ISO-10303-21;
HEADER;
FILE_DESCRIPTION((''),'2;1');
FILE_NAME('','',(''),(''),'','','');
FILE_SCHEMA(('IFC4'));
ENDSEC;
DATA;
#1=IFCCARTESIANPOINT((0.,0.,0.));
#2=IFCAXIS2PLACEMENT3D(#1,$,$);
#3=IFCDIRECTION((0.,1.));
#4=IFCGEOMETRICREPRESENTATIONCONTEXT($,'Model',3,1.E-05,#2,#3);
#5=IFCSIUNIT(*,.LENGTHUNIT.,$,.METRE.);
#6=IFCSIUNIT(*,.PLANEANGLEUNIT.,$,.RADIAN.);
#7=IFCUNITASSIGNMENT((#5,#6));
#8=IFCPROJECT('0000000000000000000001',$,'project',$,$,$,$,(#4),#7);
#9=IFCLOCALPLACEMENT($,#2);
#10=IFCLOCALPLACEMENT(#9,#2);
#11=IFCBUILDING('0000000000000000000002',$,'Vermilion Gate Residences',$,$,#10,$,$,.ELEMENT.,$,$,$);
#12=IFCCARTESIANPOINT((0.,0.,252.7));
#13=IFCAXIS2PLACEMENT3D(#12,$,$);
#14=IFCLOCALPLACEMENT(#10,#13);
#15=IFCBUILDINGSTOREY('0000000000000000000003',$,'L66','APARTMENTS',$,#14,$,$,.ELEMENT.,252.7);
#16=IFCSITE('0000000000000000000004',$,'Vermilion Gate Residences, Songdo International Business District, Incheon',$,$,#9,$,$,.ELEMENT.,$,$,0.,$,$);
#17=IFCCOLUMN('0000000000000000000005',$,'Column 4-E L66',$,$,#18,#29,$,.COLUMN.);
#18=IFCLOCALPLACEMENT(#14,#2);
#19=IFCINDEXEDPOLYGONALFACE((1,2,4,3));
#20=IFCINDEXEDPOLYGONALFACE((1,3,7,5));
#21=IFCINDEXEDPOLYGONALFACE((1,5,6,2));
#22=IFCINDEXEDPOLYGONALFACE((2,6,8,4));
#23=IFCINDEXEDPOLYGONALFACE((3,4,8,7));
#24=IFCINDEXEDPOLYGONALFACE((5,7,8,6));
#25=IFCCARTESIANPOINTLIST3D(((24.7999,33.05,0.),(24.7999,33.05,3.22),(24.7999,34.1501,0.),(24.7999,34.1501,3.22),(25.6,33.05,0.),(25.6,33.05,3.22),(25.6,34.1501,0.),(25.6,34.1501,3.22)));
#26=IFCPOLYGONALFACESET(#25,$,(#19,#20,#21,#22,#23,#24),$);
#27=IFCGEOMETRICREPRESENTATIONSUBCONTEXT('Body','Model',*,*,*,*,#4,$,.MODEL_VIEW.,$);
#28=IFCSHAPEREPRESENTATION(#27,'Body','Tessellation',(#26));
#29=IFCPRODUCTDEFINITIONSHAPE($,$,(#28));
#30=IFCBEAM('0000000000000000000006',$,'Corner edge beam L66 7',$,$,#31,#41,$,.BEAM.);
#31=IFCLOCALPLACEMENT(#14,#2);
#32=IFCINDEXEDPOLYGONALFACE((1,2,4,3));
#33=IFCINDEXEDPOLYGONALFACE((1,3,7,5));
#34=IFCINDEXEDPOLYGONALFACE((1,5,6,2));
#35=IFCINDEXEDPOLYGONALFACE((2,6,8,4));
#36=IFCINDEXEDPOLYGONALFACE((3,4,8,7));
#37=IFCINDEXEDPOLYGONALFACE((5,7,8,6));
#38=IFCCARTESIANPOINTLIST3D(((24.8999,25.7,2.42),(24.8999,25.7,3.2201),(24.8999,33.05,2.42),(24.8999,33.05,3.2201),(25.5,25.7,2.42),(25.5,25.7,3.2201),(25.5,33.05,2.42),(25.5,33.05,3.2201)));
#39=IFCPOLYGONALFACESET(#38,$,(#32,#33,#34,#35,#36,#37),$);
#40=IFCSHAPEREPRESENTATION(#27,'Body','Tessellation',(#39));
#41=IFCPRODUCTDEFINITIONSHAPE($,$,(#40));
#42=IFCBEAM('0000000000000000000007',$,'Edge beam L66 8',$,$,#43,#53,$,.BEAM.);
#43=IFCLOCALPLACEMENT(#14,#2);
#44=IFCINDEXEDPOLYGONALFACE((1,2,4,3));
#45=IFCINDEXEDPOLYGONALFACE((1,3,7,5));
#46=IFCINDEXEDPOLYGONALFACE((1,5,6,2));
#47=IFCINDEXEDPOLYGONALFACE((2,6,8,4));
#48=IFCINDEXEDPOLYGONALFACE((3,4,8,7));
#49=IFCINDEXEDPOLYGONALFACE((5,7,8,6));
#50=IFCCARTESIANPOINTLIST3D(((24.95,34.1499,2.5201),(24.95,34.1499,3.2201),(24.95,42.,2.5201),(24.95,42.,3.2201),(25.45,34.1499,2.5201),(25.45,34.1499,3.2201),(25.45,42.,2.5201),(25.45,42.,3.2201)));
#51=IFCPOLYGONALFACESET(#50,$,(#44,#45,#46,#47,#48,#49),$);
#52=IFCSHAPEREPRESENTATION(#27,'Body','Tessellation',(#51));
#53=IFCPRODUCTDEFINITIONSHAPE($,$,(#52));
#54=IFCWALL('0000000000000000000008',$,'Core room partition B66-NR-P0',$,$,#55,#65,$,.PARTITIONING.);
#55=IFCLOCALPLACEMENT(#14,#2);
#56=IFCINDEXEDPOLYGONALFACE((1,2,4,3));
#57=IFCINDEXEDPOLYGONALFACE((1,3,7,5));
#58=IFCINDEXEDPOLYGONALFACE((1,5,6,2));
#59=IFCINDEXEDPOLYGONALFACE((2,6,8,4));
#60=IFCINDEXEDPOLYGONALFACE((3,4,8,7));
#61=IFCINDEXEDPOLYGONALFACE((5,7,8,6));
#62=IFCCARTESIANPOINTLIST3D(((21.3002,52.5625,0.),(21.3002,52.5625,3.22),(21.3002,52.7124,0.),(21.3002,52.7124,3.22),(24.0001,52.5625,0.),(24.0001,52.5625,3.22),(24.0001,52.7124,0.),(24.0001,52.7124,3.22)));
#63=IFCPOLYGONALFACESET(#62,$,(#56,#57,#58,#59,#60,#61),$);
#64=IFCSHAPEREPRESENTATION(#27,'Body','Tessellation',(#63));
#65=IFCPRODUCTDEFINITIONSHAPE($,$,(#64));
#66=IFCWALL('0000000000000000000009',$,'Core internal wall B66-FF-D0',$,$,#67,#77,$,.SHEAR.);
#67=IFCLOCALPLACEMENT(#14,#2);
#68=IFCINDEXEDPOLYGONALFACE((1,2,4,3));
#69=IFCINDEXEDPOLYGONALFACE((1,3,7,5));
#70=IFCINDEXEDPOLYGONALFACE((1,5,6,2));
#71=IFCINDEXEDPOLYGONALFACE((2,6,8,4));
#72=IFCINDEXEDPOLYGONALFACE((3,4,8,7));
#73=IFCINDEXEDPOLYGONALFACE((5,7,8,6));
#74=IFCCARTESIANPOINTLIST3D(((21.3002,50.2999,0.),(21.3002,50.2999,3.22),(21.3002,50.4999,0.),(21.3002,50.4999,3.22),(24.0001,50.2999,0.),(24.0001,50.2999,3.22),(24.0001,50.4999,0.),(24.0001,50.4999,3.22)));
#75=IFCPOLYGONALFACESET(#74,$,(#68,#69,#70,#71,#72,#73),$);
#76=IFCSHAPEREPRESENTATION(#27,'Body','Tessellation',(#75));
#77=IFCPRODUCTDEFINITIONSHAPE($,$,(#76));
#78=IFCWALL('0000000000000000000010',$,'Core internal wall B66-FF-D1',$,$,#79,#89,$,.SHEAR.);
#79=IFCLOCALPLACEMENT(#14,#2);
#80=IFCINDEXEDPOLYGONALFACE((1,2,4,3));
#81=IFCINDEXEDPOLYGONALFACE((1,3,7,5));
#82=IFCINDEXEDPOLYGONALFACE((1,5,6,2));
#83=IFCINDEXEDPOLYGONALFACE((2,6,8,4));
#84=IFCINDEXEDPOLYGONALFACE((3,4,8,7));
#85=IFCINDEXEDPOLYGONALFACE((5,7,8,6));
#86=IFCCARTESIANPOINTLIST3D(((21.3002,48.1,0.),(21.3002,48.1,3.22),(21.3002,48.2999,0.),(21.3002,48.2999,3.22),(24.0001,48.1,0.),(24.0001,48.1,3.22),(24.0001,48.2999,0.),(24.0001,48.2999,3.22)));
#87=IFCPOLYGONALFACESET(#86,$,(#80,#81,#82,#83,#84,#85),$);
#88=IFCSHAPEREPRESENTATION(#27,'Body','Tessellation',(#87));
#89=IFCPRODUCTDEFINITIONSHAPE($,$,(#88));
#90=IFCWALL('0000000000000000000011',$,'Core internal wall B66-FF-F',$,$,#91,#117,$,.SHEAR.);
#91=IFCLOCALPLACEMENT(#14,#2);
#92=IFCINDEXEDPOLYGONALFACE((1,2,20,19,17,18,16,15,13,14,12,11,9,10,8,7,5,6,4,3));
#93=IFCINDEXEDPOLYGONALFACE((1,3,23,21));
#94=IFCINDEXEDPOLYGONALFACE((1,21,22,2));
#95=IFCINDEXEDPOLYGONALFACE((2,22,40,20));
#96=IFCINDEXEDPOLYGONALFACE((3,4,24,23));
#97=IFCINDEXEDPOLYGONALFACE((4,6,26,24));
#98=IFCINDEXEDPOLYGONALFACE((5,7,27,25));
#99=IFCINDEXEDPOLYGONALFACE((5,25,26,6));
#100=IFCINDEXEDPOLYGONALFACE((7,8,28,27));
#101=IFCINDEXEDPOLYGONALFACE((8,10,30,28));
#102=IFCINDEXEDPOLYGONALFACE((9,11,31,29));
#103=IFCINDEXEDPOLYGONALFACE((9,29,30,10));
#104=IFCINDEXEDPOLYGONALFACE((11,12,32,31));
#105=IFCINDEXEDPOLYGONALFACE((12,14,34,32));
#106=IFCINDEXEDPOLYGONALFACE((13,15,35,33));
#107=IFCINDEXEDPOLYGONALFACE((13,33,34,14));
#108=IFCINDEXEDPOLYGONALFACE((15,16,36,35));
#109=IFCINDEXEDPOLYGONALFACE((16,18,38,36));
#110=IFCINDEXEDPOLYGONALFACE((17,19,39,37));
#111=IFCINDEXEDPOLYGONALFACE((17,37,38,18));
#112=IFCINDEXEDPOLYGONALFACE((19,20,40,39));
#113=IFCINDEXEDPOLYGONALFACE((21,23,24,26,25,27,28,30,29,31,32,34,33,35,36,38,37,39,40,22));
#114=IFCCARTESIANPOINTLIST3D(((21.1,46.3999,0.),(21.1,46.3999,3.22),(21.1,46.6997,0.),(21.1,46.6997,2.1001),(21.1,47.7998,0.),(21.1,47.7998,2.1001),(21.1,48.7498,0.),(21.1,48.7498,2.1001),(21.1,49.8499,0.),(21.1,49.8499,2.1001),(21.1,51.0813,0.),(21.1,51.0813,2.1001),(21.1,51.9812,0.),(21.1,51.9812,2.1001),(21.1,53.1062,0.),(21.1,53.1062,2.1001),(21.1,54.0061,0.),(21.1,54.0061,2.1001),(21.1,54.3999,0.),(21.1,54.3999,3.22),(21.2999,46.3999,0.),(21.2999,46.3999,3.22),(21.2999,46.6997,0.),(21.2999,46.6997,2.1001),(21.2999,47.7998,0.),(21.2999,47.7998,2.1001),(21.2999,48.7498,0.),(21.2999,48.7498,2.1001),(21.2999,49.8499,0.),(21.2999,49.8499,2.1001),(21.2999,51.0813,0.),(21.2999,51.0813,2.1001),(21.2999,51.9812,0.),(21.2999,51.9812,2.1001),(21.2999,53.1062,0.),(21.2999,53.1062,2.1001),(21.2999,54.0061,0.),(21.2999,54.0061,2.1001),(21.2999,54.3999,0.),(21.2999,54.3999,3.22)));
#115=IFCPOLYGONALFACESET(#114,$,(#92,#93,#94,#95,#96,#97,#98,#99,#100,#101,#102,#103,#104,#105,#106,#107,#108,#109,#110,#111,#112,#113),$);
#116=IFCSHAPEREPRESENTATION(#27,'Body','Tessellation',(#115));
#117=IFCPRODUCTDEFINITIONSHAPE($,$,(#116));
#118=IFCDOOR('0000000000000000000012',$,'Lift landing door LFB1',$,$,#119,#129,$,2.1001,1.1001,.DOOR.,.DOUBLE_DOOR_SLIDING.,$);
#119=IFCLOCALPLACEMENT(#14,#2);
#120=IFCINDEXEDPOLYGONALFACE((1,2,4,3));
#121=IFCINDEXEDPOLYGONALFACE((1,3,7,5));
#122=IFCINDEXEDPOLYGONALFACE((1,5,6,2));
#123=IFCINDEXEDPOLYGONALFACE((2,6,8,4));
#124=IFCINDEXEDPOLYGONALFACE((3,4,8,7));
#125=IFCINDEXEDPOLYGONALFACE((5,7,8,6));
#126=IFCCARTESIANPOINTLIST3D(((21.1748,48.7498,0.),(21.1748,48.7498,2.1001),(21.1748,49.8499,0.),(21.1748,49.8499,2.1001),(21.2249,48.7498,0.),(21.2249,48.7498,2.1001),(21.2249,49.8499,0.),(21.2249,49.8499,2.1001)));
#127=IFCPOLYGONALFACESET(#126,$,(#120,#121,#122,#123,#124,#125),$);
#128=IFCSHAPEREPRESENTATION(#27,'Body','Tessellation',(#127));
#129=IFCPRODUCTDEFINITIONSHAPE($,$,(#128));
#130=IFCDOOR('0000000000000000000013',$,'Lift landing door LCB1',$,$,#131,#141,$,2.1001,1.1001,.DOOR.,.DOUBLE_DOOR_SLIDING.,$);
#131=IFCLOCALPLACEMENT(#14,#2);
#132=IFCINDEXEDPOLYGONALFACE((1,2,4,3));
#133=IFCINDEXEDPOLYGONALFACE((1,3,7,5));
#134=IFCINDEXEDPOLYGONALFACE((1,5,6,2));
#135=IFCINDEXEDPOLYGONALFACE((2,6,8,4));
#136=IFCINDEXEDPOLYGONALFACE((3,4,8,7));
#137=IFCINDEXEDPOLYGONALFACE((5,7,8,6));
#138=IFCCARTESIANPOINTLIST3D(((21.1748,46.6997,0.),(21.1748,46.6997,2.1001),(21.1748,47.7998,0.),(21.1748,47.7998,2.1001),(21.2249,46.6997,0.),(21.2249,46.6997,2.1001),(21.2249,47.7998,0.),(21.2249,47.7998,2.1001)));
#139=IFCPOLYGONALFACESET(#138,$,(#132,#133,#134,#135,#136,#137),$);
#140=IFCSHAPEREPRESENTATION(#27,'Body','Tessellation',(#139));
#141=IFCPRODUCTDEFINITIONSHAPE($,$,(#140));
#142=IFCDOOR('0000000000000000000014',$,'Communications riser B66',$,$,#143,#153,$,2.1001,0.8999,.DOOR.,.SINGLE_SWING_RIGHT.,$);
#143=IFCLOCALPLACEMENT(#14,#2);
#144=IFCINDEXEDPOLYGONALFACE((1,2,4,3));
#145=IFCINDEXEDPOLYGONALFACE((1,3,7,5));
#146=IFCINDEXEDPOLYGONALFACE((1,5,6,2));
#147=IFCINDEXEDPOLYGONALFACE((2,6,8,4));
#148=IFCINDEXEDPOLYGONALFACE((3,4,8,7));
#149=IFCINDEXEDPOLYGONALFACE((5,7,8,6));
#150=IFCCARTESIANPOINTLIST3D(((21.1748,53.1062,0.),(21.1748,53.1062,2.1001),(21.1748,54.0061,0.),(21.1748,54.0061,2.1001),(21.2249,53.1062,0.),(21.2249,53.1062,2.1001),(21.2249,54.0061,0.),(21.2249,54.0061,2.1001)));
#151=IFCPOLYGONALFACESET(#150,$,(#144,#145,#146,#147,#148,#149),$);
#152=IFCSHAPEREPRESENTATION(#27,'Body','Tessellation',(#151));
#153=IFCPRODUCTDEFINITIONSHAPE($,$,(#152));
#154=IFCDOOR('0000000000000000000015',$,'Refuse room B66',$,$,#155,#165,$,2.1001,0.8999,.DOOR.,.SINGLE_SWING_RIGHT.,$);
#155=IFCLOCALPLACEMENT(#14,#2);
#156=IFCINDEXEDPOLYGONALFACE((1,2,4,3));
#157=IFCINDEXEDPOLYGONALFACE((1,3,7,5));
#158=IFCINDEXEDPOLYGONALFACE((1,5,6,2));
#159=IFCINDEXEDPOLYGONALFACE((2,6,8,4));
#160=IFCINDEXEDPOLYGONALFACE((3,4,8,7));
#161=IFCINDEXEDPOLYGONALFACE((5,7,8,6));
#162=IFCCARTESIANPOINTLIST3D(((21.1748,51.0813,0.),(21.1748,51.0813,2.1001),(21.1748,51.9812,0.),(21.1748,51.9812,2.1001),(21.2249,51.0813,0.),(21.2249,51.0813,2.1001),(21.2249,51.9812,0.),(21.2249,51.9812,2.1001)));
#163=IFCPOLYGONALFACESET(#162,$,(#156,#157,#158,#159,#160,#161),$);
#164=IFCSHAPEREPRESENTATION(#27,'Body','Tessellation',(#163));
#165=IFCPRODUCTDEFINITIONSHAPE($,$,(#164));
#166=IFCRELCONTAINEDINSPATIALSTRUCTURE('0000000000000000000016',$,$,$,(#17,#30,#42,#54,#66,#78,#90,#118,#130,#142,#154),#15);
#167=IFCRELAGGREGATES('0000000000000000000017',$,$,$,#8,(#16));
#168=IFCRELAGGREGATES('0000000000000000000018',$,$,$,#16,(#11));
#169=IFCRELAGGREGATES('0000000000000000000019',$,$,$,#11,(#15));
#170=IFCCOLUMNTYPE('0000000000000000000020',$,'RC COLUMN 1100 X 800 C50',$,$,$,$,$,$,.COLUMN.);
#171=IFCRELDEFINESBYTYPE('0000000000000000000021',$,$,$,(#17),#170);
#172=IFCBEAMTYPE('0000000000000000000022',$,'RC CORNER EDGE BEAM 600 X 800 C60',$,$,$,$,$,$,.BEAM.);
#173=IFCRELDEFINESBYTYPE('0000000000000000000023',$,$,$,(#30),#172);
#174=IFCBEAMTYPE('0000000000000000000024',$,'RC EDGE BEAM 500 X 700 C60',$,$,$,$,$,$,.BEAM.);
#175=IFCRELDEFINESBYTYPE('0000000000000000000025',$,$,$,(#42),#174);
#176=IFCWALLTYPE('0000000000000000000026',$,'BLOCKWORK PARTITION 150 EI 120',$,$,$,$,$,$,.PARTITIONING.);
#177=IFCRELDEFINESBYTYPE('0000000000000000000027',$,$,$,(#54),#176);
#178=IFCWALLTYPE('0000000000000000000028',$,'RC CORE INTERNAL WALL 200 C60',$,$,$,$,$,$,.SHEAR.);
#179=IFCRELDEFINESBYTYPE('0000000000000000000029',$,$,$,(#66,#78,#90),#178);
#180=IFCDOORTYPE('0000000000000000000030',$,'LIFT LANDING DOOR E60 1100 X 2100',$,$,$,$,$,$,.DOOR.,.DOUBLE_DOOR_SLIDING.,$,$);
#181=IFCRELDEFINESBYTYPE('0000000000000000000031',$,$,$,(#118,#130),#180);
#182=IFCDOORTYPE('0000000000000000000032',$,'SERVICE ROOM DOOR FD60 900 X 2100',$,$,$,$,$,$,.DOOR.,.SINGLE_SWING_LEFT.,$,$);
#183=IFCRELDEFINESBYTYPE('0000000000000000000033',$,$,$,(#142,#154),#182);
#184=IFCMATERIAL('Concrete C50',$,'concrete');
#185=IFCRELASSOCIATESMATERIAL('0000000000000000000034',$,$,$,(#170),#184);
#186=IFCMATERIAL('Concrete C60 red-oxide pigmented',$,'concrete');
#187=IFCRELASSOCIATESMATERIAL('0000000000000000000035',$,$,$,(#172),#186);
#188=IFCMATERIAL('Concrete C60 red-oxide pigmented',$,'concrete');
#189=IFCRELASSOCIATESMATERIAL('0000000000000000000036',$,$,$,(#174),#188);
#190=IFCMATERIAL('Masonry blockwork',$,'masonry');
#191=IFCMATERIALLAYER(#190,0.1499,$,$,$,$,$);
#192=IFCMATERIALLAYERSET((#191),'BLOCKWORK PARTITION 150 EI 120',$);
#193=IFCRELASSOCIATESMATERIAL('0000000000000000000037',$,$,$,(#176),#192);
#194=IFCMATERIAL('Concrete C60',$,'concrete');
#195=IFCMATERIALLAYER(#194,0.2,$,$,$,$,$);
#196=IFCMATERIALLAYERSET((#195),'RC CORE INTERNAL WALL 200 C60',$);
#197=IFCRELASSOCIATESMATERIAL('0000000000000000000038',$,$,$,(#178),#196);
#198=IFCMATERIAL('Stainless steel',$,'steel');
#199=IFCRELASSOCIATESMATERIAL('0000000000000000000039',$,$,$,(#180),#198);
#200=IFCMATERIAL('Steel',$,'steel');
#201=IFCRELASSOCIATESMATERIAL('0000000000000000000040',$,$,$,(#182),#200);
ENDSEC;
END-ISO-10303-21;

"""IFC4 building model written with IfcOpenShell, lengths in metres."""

from ifc_helpers import new_model, si_unit, direction, frame, frame_2d, origin, origin_2d, place, context, subcontext, project, spatial, rectangle, extrude, material, layer, layer_set, material_profile, profile_set, type_object, element, fill, save


model = new_model("IFC4")

# Units and contexts
model_context = context("Model", 3, precision=1e-05, world=origin(), true_north=direction((0.0, 1.0)))
body_context = subcontext(model_context, "Body", "Model", "MODEL_VIEW")
ifc_project = project(units=[si_unit("LENGTHUNIT", "METRE"), si_unit("PLANEANGLEUNIT", "RADIAN")], contexts=[model_context])

# Site, building, storey
site_placement = place(None, origin())
site = spatial("IfcSite", under=ifc_project, at=site_placement, Name="Vermilion Gate Residences, Songdo International Business District, Incheon", CompositionType="ELEMENT", RefElevation=0.0)
building_placement = place(site_placement, origin())
building = spatial("IfcBuilding", under=site, at=building_placement, Name="Vermilion Gate Residences", CompositionType="ELEMENT")
storey_placement = place(building_placement, frame((0.0, 0.0, 252.7)))
storey = spatial("IfcBuildingStorey", under=building, at=storey_placement, Name="L66", Description="APARTMENTS", CompositionType="ELEMENT", Elevation=252.7)

# Column
ifc_material_1 = material(Name="Concrete C50", Category="concrete")
ifc_material_profile_1 = material_profile(ifc_material_1, rectangle(XDim=1.1001, YDim=0.8, at=origin_2d()), Name="RC-1100x800")
ifc_profile_set_1 = profile_set([ifc_material_profile_1], Name="Concrete C50")
column_type = type_object("IfcColumnType", Name="RC COLUMN 1100 X 800 C50", PredefinedType="COLUMN", material=ifc_profile_set_1)
column_placement = place(storey_placement, frame((25.2, 33.6001, 0.0), z_axis=(0.0, 0.0, 1.0), x_axis=(0.0, 1.0, 0.0)))
element("IfcColumn", 1, at=column_placement, inside=storey, type_object=column_type, Name="Column 4-E L66", PredefinedType="COLUMN", context=body_context, shape_type="SweptSolid", body=[
    extrude(rectangle(XDim=1.1001, YDim=0.8, at=origin_2d()), origin(), (0.0, 0.0, 1.0), 3.22),
])

# Beams
ifc_material_2 = material(Name="Concrete C60 red-oxide pigmented", Category="concrete")
ifc_material_profile_2 = material_profile(ifc_material_2, rectangle(XDim=0.6001, YDim=0.8, at=origin_2d()), Name="RC-600x800")
ifc_profile_set_2 = profile_set([ifc_material_profile_2], Name="Concrete C60 red-oxide pigmented")
beam_type_1 = type_object("IfcBeamType", Name="RC CORNER EDGE BEAM 600 X 800 C60", PredefinedType="BEAM", material=ifc_profile_set_2)
beam_1_placement = place(storey_placement, frame((25.2, 25.7, 2.8201), z_axis=(0.0, 1.0, 0.0), x_axis=(-1.0, 0.0, 0.0)))
element("IfcBeam", 2, at=beam_1_placement, inside=storey, type_object=beam_type_1, Name="Corner edge beam L66 7", PredefinedType="BEAM", context=body_context, shape_type="SweptSolid", body=[
    extrude(rectangle(XDim=0.6001, YDim=0.8, at=origin_2d()), origin(), (0.0, 0.0, 1.0), 7.3501),
])
ifc_material_3 = material(Name="Concrete C60 red-oxide pigmented", Category="concrete")
ifc_material_profile_3 = material_profile(ifc_material_3, rectangle(XDim=0.5, YDim=0.7, at=origin_2d()), Name="RC-500x700")
ifc_profile_set_3 = profile_set([ifc_material_profile_3], Name="Concrete C60 red-oxide pigmented")
beam_type_2 = type_object("IfcBeamType", Name="RC EDGE BEAM 500 X 700 C60", PredefinedType="BEAM", material=ifc_profile_set_3)
beam_2_placement = place(storey_placement, frame((25.2, 34.1499, 2.8701), z_axis=(0.0, 1.0, 0.0), x_axis=(-1.0, 0.0, 0.0)))
element("IfcBeam", 3, at=beam_2_placement, inside=storey, type_object=beam_type_2, Name="Edge beam L66 8", PredefinedType="BEAM", context=body_context, shape_type="SweptSolid", body=[
    extrude(rectangle(XDim=0.5, YDim=0.7, at=origin_2d()), origin(), (0.0, 0.0, 1.0), 7.8501),
])

# Walls
ifc_material_4 = material(Name="Masonry blockwork", Category="masonry")
ifc_layer_1 = layer(ifc_material_4, 0.1499)
ifc_layer_set_1 = layer_set([ifc_layer_1], Name="BLOCKWORK PARTITION 150 EI 120")
wall_type_1 = type_object("IfcWallType", Name="BLOCKWORK PARTITION 150 EI 120", PredefinedType="PARTITIONING", material=ifc_layer_set_1)
wall_1_placement = place(storey_placement, frame((21.3, 52.6375, 0.0), z_axis=(0.0, 0.0, 1.0), x_axis=(1.0, 0.0, 0.0)))
element("IfcWall", 4, at=wall_1_placement, inside=storey, type_object=wall_type_1, Name="Core room partition B66-NR-P0", PredefinedType="PARTITIONING", context=body_context, shape_type="SweptSolid", body=[
    extrude(rectangle(XDim=2.7, YDim=0.1499, at=frame_2d((1.3501, 0.0))), origin(), (0.0, 0.0, 1.0), 3.22),
])
ifc_material_5 = material(Name="Concrete C60", Category="concrete")
ifc_layer_2 = layer(ifc_material_5, 0.2)
ifc_layer_set_2 = layer_set([ifc_layer_2], Name="RC CORE INTERNAL WALL 200 C60")
wall_type_2 = type_object("IfcWallType", Name="RC CORE INTERNAL WALL 200 C60", PredefinedType="SHEAR", material=ifc_layer_set_2)
for number, where, z_axis, x_axis, name in (
    (5, (21.3, 50.3999, 0.0), (0.0, 0.0, 1.0), (1.0, 0.0, 0.0), "Core internal wall B66-FF-D0"),
    (6, (21.3, 48.2, 0.0), (0.0, 0.0, 1.0), (1.0, 0.0, 0.0), "Core internal wall B66-FF-D1"),
):
    element("IfcWall", number, at=place(storey_placement, frame(where, z_axis=z_axis, x_axis=x_axis)), inside=storey, type_object=wall_type_2, Name=name, PredefinedType="SHEAR", context=body_context, shape_type="SweptSolid", body=[
        extrude(rectangle(XDim=2.7, YDim=0.2, at=frame_2d((1.3501, 0.0))), origin(), (0.0, 0.0, 1.0), 3.22),
    ])

# Wall, openings, doors
wall_2_placement = place(storey_placement, frame((21.2, 54.3999, 0.0), z_axis=(0.0, 0.0, 1.0), x_axis=(0.0, -1.0, 0.0)))
wall_2 = element("IfcWall", 7, at=wall_2_placement, inside=storey, type_object=wall_type_2, Name="Core internal wall B66-FF-F", PredefinedType="SHEAR", context=body_context, shape_type="SweptSolid", body=[
    extrude(rectangle(XDim=8.0, YDim=0.2, at=frame_2d((4.0, 0.0))), origin(), (0.0, 0.0, 1.0), 3.22),
])
opening_1_placement = place(wall_2_placement, frame((0.3938, 0.0, 0.0)))
opening_1 = element("IfcOpeningElement", 8, at=opening_1_placement, cuts=wall_2, PredefinedType="OPENING", context=body_context, shape_type="SweptSolid", body=[
    extrude(rectangle(XDim=0.8999, YDim=2.1001, at=frame_2d((0.45, 1.05))), frame((0.0, 0.1099, 0.0), z_axis=(0.0, -1.0, 0.0), x_axis=(1.0, 0.0, 0.0)), (0.0, 0.0, 1.0), 0.22),
])
opening_2_placement = place(wall_2_placement, frame((2.4187, 0.0, 0.0)))
opening_2 = element("IfcOpeningElement", 9, at=opening_2_placement, cuts=wall_2, PredefinedType="OPENING", context=body_context, shape_type="SweptSolid", body=[
    extrude(rectangle(XDim=0.8999, YDim=2.1001, at=frame_2d((0.45, 1.05))), frame((0.0, 0.1099, 0.0), z_axis=(0.0, -1.0, 0.0), x_axis=(1.0, 0.0, 0.0)), (0.0, 0.0, 1.0), 0.22),
])
opening_3_placement = place(wall_2_placement, frame((4.55, 0.0, 0.0)))
opening_3 = element("IfcOpeningElement", 10, at=opening_3_placement, cuts=wall_2, PredefinedType="OPENING", context=body_context, shape_type="SweptSolid", body=[
    extrude(rectangle(XDim=1.1001, YDim=2.1001, at=frame_2d((0.55, 1.05))), frame((0.0, 0.1099, 0.0), z_axis=(0.0, -1.0, 0.0), x_axis=(1.0, 0.0, 0.0)), (0.0, 0.0, 1.0), 0.22),
])
opening_4_placement = place(wall_2_placement, frame((6.6001, 0.0, 0.0)))
opening_4 = element("IfcOpeningElement", 11, at=opening_4_placement, cuts=wall_2, PredefinedType="OPENING", context=body_context, shape_type="SweptSolid", body=[
    extrude(rectangle(XDim=1.1001, YDim=2.1001, at=frame_2d((0.55, 1.05))), frame((0.0, 0.1099, 0.0), z_axis=(0.0, -1.0, 0.0), x_axis=(1.0, 0.0, 0.0)), (0.0, 0.0, 1.0), 0.22),
])
ifc_material_6 = material(Name="Stainless steel", Category="steel")
door_type_1 = type_object("IfcDoorType", Name="LIFT LANDING DOOR E60 1100 X 2100", OperationType="DOUBLE_DOOR_SLIDING", PredefinedType="DOOR", material=ifc_material_6)
door_1_placement = place(opening_3_placement, origin())
door_1 = element("IfcDoor", 12, at=door_1_placement, inside=storey, type_object=door_type_1, Name="Lift landing door LFB1", OperationType="DOUBLE_DOOR_SLIDING", OverallHeight=2.1001, OverallWidth=1.1001, PredefinedType="DOOR", context=body_context, shape_type="SweptSolid", body=[
    extrude(rectangle(XDim=1.1001, YDim=2.1001, at=frame_2d((0.55, 1.05))), frame((0.0, 0.0249, 0.0), z_axis=(0.0, -1.0, 0.0), x_axis=(1.0, 0.0, 0.0)), (0.0, 0.0, 1.0), 0.05),
])
fill(opening_3, door_1)
door_2_placement = place(opening_4_placement, origin())
door_2 = element("IfcDoor", 13, at=door_2_placement, inside=storey, type_object=door_type_1, Name="Lift landing door LCB1", OperationType="DOUBLE_DOOR_SLIDING", OverallHeight=2.1001, OverallWidth=1.1001, PredefinedType="DOOR", context=body_context, shape_type="SweptSolid", body=[
    extrude(rectangle(XDim=1.1001, YDim=2.1001, at=frame_2d((0.55, 1.05))), frame((0.0, 0.0249, 0.0), z_axis=(0.0, -1.0, 0.0), x_axis=(1.0, 0.0, 0.0)), (0.0, 0.0, 1.0), 0.05),
])
fill(opening_4, door_2)
ifc_material_7 = material(Name="Steel", Category="steel")
door_type_2 = type_object("IfcDoorType", Name="SERVICE ROOM DOOR FD60 900 X 2100", OperationType="SINGLE_SWING_LEFT", PredefinedType="DOOR", material=ifc_material_7)
door_3_placement = place(opening_1_placement, origin())
door_3 = element("IfcDoor", 14, at=door_3_placement, inside=storey, type_object=door_type_2, Name="Communications riser B66", OperationType="SINGLE_SWING_RIGHT", OverallHeight=2.1001, OverallWidth=0.8999, PredefinedType="DOOR", context=body_context, shape_type="SweptSolid", body=[
    extrude(rectangle(XDim=0.8999, YDim=2.1001, at=frame_2d((0.45, 1.05))), frame((0.0, 0.0249, 0.0), z_axis=(0.0, -1.0, 0.0), x_axis=(1.0, 0.0, 0.0)), (0.0, 0.0, 1.0), 0.05),
])
fill(opening_1, door_3)
door_4_placement = place(opening_2_placement, origin())
door_4 = element("IfcDoor", 15, at=door_4_placement, inside=storey, type_object=door_type_2, Name="Refuse room B66", OperationType="SINGLE_SWING_RIGHT", OverallHeight=2.1001, OverallWidth=0.8999, PredefinedType="DOOR", context=body_context, shape_type="SweptSolid", body=[
    extrude(rectangle(XDim=0.8999, YDim=2.1001, at=frame_2d((0.45, 1.05))), frame((0.0, 0.0249, 0.0), z_axis=(0.0, -1.0, 0.0), x_axis=(1.0, 0.0, 0.0)), (0.0, 0.0, 1.0), 0.05),
])
fill(opening_2, door_4)

save(model, "model.ifc")
